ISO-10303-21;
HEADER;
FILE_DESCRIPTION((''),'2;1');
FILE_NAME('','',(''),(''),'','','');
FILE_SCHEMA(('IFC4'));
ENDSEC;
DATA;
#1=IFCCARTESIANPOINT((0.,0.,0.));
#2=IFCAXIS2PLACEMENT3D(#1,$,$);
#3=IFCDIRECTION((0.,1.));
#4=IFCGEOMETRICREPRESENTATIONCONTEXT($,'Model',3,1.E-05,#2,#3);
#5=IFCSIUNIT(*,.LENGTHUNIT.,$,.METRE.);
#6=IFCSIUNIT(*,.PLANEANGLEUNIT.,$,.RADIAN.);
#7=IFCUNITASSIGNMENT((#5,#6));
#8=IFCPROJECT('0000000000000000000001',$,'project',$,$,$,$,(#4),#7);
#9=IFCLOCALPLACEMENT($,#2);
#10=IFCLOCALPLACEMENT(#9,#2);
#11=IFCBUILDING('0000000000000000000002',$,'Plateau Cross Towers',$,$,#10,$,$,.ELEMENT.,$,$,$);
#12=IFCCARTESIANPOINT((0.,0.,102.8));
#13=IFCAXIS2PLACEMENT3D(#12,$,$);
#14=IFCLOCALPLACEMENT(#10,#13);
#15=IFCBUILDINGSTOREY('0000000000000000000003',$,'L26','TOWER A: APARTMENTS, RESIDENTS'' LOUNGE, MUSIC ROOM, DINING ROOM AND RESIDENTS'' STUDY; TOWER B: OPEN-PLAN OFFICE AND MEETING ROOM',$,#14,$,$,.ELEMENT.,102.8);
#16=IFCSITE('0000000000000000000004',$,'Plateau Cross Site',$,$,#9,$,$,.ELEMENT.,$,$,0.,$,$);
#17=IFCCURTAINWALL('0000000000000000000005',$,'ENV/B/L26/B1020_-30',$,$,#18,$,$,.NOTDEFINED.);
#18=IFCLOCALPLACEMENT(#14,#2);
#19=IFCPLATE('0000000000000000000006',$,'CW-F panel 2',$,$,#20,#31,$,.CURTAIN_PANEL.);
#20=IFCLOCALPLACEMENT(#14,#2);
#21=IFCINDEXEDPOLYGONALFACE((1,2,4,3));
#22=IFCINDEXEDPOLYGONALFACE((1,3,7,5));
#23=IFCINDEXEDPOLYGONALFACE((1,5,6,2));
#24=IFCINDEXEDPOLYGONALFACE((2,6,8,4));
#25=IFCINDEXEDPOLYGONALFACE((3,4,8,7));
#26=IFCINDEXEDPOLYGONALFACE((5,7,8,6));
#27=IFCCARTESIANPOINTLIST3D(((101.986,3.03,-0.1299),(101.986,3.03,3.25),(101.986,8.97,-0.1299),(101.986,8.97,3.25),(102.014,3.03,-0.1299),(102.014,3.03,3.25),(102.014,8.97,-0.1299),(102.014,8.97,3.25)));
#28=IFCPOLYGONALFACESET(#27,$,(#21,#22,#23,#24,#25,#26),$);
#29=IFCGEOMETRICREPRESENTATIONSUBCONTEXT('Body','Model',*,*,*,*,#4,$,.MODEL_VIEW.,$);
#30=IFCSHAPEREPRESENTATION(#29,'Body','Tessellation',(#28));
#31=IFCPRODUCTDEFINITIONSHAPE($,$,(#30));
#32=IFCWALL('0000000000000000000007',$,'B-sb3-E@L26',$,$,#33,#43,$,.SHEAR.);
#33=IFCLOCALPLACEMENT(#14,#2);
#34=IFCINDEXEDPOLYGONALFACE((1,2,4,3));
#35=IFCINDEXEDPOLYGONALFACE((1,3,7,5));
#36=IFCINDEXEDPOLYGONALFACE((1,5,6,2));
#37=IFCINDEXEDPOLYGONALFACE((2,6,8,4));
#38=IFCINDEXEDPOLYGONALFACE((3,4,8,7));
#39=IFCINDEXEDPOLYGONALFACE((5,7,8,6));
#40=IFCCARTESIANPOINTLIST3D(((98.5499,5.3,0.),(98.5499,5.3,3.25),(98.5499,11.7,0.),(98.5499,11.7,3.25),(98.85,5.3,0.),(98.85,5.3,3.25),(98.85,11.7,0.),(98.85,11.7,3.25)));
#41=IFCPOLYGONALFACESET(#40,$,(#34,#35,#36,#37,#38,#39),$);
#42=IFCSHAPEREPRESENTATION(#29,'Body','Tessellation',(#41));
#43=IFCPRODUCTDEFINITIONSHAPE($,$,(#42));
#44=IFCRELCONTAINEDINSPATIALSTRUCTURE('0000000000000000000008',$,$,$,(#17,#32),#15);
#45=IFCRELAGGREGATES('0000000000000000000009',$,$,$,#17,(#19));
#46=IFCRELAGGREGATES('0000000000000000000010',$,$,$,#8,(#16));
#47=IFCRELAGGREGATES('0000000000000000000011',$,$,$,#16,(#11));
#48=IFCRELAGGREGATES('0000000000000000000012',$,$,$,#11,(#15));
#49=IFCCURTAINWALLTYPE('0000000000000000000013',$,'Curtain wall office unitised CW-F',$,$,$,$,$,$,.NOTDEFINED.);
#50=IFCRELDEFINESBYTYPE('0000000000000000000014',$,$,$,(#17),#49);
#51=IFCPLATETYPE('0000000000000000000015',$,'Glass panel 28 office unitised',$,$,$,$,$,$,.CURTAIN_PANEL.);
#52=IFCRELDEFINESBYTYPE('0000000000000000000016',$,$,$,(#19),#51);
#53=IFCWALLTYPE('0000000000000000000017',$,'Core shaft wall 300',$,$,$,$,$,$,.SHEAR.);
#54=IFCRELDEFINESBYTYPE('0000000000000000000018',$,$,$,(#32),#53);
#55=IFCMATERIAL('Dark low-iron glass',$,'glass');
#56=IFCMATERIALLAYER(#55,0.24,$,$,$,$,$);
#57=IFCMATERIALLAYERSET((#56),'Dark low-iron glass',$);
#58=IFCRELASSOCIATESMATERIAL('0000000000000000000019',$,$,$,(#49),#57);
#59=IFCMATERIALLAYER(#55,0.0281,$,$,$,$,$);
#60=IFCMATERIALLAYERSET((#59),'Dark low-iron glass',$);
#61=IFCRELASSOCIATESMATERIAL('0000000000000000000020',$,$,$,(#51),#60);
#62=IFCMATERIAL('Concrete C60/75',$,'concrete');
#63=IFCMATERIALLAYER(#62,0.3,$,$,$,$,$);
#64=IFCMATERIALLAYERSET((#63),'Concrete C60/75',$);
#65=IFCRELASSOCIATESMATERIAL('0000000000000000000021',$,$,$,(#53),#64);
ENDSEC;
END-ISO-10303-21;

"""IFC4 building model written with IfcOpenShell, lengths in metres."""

from ifc_helpers import new_model, si_unit, direction, frame, frame_2d, origin, origin_2d, place, context, subcontext, project, spatial, rectangle, extrude, material, layer, layer_set, type_object, element, aggregate, save


model = new_model("IFC4")

# Units and contexts
model_context = context("Model", 3, precision=1e-05, world=origin(), true_north=direction((0.0, 1.0)))
body_context = subcontext(model_context, "Body", "Model", "MODEL_VIEW")
ifc_project = project(units=[si_unit("LENGTHUNIT", "METRE"), si_unit("PLANEANGLEUNIT", "RADIAN")], contexts=[model_context])

# Site, building, storey
site_placement = place(None, origin())
site = spatial("IfcSite", under=ifc_project, at=site_placement, Name="Plateau Cross Site", CompositionType="ELEMENT", RefElevation=0.0)
building_placement = place(site_placement, origin())
building = spatial("IfcBuilding", under=site, at=building_placement, Name="Plateau Cross Towers", CompositionType="ELEMENT")
storey_placement = place(building_placement, frame((0.0, 0.0, 102.8)))
storey = spatial("IfcBuildingStorey", under=building, at=storey_placement, Name="L26", Description="TOWER A: APARTMENTS, RESIDENTS' LOUNGE, MUSIC ROOM, DINING ROOM AND RESIDENTS' STUDY; TOWER B: OPEN-PLAN OFFICE AND MEETING ROOM", CompositionType="ELEMENT", Elevation=102.8)

# Shared definitions
ifc_material_1 = material(Name="Concrete C60/75", Category="concrete")

# Shared definitions
ifc_material_2 = material(Name="Dark low-iron glass", Category="glass")
ifc_layer_1 = layer(ifc_material_2, 0.24)
ifc_layer_set_1 = layer_set([ifc_layer_1], Name="Dark low-iron glass")
curtain_wall_type = type_object("IfcCurtainWallType", Name="Curtain wall office unitised CW-F", PredefinedType="NOTDEFINED", material=ifc_layer_set_1)

# Curtain wall
curtain_wall_1_placement = place(storey_placement, origin())
curtain_wall_1 = element("IfcCurtainWall", 1, at=curtain_wall_1_placement, inside=storey, type_object=curtain_wall_type, Name="ENV/B/L26/B1020_-30", PredefinedType="NOTDEFINED")

# Plate
ifc_layer_2 = layer(ifc_material_2, 0.0281)
ifc_layer_set_2 = layer_set([ifc_layer_2], Name="Dark low-iron glass")
plate_type = type_object("IfcPlateType", Name="Glass panel 28 office unitised", PredefinedType="CURTAIN_PANEL", material=ifc_layer_set_2)
plate_1_placement = place(storey_placement, frame((102.0, 6.0, -0.1299), z_axis=(0.0, 0.0, 1.0), x_axis=(0.0, 1.0, 0.0)))
plate_1 = element("IfcPlate", 2, at=plate_1_placement, type_object=plate_type, Name="CW-F panel 2", PredefinedType="CURTAIN_PANEL", context=body_context, shape_type="SweptSolid", body=[
    extrude(rectangle(XDim=5.9399, YDim=0.0281, at=origin_2d()), origin(), (0.0, 0.0, 1.0), 3.3799),
])
aggregate(curtain_wall_1, [plate_1])

# Wall
ifc_layer_3 = layer(ifc_material_1, 0.3)
ifc_layer_set_3 = layer_set([ifc_layer_3], Name="Concrete C60/75")
wall_type = type_object("IfcWallType", Name="Core shaft wall 300", PredefinedType="SHEAR", material=ifc_layer_set_3)
wall_placement = place(storey_placement, frame((98.7, 5.3, 0.0), z_axis=(0.0, 0.0, 1.0), x_axis=(0.0, 1.0, 0.0)))
element("IfcWall", 3, at=wall_placement, inside=storey, type_object=wall_type, Name="B-sb3-E@L26", PredefinedType="SHEAR", context=body_context, shape_type="SweptSolid", body=[
    extrude(rectangle(XDim=6.3999, YDim=0.3, at=frame_2d((3.2, 0.0))), origin(), (0.0, 0.0, 1.0), 3.25),
])

save(model, "model.ifc")
